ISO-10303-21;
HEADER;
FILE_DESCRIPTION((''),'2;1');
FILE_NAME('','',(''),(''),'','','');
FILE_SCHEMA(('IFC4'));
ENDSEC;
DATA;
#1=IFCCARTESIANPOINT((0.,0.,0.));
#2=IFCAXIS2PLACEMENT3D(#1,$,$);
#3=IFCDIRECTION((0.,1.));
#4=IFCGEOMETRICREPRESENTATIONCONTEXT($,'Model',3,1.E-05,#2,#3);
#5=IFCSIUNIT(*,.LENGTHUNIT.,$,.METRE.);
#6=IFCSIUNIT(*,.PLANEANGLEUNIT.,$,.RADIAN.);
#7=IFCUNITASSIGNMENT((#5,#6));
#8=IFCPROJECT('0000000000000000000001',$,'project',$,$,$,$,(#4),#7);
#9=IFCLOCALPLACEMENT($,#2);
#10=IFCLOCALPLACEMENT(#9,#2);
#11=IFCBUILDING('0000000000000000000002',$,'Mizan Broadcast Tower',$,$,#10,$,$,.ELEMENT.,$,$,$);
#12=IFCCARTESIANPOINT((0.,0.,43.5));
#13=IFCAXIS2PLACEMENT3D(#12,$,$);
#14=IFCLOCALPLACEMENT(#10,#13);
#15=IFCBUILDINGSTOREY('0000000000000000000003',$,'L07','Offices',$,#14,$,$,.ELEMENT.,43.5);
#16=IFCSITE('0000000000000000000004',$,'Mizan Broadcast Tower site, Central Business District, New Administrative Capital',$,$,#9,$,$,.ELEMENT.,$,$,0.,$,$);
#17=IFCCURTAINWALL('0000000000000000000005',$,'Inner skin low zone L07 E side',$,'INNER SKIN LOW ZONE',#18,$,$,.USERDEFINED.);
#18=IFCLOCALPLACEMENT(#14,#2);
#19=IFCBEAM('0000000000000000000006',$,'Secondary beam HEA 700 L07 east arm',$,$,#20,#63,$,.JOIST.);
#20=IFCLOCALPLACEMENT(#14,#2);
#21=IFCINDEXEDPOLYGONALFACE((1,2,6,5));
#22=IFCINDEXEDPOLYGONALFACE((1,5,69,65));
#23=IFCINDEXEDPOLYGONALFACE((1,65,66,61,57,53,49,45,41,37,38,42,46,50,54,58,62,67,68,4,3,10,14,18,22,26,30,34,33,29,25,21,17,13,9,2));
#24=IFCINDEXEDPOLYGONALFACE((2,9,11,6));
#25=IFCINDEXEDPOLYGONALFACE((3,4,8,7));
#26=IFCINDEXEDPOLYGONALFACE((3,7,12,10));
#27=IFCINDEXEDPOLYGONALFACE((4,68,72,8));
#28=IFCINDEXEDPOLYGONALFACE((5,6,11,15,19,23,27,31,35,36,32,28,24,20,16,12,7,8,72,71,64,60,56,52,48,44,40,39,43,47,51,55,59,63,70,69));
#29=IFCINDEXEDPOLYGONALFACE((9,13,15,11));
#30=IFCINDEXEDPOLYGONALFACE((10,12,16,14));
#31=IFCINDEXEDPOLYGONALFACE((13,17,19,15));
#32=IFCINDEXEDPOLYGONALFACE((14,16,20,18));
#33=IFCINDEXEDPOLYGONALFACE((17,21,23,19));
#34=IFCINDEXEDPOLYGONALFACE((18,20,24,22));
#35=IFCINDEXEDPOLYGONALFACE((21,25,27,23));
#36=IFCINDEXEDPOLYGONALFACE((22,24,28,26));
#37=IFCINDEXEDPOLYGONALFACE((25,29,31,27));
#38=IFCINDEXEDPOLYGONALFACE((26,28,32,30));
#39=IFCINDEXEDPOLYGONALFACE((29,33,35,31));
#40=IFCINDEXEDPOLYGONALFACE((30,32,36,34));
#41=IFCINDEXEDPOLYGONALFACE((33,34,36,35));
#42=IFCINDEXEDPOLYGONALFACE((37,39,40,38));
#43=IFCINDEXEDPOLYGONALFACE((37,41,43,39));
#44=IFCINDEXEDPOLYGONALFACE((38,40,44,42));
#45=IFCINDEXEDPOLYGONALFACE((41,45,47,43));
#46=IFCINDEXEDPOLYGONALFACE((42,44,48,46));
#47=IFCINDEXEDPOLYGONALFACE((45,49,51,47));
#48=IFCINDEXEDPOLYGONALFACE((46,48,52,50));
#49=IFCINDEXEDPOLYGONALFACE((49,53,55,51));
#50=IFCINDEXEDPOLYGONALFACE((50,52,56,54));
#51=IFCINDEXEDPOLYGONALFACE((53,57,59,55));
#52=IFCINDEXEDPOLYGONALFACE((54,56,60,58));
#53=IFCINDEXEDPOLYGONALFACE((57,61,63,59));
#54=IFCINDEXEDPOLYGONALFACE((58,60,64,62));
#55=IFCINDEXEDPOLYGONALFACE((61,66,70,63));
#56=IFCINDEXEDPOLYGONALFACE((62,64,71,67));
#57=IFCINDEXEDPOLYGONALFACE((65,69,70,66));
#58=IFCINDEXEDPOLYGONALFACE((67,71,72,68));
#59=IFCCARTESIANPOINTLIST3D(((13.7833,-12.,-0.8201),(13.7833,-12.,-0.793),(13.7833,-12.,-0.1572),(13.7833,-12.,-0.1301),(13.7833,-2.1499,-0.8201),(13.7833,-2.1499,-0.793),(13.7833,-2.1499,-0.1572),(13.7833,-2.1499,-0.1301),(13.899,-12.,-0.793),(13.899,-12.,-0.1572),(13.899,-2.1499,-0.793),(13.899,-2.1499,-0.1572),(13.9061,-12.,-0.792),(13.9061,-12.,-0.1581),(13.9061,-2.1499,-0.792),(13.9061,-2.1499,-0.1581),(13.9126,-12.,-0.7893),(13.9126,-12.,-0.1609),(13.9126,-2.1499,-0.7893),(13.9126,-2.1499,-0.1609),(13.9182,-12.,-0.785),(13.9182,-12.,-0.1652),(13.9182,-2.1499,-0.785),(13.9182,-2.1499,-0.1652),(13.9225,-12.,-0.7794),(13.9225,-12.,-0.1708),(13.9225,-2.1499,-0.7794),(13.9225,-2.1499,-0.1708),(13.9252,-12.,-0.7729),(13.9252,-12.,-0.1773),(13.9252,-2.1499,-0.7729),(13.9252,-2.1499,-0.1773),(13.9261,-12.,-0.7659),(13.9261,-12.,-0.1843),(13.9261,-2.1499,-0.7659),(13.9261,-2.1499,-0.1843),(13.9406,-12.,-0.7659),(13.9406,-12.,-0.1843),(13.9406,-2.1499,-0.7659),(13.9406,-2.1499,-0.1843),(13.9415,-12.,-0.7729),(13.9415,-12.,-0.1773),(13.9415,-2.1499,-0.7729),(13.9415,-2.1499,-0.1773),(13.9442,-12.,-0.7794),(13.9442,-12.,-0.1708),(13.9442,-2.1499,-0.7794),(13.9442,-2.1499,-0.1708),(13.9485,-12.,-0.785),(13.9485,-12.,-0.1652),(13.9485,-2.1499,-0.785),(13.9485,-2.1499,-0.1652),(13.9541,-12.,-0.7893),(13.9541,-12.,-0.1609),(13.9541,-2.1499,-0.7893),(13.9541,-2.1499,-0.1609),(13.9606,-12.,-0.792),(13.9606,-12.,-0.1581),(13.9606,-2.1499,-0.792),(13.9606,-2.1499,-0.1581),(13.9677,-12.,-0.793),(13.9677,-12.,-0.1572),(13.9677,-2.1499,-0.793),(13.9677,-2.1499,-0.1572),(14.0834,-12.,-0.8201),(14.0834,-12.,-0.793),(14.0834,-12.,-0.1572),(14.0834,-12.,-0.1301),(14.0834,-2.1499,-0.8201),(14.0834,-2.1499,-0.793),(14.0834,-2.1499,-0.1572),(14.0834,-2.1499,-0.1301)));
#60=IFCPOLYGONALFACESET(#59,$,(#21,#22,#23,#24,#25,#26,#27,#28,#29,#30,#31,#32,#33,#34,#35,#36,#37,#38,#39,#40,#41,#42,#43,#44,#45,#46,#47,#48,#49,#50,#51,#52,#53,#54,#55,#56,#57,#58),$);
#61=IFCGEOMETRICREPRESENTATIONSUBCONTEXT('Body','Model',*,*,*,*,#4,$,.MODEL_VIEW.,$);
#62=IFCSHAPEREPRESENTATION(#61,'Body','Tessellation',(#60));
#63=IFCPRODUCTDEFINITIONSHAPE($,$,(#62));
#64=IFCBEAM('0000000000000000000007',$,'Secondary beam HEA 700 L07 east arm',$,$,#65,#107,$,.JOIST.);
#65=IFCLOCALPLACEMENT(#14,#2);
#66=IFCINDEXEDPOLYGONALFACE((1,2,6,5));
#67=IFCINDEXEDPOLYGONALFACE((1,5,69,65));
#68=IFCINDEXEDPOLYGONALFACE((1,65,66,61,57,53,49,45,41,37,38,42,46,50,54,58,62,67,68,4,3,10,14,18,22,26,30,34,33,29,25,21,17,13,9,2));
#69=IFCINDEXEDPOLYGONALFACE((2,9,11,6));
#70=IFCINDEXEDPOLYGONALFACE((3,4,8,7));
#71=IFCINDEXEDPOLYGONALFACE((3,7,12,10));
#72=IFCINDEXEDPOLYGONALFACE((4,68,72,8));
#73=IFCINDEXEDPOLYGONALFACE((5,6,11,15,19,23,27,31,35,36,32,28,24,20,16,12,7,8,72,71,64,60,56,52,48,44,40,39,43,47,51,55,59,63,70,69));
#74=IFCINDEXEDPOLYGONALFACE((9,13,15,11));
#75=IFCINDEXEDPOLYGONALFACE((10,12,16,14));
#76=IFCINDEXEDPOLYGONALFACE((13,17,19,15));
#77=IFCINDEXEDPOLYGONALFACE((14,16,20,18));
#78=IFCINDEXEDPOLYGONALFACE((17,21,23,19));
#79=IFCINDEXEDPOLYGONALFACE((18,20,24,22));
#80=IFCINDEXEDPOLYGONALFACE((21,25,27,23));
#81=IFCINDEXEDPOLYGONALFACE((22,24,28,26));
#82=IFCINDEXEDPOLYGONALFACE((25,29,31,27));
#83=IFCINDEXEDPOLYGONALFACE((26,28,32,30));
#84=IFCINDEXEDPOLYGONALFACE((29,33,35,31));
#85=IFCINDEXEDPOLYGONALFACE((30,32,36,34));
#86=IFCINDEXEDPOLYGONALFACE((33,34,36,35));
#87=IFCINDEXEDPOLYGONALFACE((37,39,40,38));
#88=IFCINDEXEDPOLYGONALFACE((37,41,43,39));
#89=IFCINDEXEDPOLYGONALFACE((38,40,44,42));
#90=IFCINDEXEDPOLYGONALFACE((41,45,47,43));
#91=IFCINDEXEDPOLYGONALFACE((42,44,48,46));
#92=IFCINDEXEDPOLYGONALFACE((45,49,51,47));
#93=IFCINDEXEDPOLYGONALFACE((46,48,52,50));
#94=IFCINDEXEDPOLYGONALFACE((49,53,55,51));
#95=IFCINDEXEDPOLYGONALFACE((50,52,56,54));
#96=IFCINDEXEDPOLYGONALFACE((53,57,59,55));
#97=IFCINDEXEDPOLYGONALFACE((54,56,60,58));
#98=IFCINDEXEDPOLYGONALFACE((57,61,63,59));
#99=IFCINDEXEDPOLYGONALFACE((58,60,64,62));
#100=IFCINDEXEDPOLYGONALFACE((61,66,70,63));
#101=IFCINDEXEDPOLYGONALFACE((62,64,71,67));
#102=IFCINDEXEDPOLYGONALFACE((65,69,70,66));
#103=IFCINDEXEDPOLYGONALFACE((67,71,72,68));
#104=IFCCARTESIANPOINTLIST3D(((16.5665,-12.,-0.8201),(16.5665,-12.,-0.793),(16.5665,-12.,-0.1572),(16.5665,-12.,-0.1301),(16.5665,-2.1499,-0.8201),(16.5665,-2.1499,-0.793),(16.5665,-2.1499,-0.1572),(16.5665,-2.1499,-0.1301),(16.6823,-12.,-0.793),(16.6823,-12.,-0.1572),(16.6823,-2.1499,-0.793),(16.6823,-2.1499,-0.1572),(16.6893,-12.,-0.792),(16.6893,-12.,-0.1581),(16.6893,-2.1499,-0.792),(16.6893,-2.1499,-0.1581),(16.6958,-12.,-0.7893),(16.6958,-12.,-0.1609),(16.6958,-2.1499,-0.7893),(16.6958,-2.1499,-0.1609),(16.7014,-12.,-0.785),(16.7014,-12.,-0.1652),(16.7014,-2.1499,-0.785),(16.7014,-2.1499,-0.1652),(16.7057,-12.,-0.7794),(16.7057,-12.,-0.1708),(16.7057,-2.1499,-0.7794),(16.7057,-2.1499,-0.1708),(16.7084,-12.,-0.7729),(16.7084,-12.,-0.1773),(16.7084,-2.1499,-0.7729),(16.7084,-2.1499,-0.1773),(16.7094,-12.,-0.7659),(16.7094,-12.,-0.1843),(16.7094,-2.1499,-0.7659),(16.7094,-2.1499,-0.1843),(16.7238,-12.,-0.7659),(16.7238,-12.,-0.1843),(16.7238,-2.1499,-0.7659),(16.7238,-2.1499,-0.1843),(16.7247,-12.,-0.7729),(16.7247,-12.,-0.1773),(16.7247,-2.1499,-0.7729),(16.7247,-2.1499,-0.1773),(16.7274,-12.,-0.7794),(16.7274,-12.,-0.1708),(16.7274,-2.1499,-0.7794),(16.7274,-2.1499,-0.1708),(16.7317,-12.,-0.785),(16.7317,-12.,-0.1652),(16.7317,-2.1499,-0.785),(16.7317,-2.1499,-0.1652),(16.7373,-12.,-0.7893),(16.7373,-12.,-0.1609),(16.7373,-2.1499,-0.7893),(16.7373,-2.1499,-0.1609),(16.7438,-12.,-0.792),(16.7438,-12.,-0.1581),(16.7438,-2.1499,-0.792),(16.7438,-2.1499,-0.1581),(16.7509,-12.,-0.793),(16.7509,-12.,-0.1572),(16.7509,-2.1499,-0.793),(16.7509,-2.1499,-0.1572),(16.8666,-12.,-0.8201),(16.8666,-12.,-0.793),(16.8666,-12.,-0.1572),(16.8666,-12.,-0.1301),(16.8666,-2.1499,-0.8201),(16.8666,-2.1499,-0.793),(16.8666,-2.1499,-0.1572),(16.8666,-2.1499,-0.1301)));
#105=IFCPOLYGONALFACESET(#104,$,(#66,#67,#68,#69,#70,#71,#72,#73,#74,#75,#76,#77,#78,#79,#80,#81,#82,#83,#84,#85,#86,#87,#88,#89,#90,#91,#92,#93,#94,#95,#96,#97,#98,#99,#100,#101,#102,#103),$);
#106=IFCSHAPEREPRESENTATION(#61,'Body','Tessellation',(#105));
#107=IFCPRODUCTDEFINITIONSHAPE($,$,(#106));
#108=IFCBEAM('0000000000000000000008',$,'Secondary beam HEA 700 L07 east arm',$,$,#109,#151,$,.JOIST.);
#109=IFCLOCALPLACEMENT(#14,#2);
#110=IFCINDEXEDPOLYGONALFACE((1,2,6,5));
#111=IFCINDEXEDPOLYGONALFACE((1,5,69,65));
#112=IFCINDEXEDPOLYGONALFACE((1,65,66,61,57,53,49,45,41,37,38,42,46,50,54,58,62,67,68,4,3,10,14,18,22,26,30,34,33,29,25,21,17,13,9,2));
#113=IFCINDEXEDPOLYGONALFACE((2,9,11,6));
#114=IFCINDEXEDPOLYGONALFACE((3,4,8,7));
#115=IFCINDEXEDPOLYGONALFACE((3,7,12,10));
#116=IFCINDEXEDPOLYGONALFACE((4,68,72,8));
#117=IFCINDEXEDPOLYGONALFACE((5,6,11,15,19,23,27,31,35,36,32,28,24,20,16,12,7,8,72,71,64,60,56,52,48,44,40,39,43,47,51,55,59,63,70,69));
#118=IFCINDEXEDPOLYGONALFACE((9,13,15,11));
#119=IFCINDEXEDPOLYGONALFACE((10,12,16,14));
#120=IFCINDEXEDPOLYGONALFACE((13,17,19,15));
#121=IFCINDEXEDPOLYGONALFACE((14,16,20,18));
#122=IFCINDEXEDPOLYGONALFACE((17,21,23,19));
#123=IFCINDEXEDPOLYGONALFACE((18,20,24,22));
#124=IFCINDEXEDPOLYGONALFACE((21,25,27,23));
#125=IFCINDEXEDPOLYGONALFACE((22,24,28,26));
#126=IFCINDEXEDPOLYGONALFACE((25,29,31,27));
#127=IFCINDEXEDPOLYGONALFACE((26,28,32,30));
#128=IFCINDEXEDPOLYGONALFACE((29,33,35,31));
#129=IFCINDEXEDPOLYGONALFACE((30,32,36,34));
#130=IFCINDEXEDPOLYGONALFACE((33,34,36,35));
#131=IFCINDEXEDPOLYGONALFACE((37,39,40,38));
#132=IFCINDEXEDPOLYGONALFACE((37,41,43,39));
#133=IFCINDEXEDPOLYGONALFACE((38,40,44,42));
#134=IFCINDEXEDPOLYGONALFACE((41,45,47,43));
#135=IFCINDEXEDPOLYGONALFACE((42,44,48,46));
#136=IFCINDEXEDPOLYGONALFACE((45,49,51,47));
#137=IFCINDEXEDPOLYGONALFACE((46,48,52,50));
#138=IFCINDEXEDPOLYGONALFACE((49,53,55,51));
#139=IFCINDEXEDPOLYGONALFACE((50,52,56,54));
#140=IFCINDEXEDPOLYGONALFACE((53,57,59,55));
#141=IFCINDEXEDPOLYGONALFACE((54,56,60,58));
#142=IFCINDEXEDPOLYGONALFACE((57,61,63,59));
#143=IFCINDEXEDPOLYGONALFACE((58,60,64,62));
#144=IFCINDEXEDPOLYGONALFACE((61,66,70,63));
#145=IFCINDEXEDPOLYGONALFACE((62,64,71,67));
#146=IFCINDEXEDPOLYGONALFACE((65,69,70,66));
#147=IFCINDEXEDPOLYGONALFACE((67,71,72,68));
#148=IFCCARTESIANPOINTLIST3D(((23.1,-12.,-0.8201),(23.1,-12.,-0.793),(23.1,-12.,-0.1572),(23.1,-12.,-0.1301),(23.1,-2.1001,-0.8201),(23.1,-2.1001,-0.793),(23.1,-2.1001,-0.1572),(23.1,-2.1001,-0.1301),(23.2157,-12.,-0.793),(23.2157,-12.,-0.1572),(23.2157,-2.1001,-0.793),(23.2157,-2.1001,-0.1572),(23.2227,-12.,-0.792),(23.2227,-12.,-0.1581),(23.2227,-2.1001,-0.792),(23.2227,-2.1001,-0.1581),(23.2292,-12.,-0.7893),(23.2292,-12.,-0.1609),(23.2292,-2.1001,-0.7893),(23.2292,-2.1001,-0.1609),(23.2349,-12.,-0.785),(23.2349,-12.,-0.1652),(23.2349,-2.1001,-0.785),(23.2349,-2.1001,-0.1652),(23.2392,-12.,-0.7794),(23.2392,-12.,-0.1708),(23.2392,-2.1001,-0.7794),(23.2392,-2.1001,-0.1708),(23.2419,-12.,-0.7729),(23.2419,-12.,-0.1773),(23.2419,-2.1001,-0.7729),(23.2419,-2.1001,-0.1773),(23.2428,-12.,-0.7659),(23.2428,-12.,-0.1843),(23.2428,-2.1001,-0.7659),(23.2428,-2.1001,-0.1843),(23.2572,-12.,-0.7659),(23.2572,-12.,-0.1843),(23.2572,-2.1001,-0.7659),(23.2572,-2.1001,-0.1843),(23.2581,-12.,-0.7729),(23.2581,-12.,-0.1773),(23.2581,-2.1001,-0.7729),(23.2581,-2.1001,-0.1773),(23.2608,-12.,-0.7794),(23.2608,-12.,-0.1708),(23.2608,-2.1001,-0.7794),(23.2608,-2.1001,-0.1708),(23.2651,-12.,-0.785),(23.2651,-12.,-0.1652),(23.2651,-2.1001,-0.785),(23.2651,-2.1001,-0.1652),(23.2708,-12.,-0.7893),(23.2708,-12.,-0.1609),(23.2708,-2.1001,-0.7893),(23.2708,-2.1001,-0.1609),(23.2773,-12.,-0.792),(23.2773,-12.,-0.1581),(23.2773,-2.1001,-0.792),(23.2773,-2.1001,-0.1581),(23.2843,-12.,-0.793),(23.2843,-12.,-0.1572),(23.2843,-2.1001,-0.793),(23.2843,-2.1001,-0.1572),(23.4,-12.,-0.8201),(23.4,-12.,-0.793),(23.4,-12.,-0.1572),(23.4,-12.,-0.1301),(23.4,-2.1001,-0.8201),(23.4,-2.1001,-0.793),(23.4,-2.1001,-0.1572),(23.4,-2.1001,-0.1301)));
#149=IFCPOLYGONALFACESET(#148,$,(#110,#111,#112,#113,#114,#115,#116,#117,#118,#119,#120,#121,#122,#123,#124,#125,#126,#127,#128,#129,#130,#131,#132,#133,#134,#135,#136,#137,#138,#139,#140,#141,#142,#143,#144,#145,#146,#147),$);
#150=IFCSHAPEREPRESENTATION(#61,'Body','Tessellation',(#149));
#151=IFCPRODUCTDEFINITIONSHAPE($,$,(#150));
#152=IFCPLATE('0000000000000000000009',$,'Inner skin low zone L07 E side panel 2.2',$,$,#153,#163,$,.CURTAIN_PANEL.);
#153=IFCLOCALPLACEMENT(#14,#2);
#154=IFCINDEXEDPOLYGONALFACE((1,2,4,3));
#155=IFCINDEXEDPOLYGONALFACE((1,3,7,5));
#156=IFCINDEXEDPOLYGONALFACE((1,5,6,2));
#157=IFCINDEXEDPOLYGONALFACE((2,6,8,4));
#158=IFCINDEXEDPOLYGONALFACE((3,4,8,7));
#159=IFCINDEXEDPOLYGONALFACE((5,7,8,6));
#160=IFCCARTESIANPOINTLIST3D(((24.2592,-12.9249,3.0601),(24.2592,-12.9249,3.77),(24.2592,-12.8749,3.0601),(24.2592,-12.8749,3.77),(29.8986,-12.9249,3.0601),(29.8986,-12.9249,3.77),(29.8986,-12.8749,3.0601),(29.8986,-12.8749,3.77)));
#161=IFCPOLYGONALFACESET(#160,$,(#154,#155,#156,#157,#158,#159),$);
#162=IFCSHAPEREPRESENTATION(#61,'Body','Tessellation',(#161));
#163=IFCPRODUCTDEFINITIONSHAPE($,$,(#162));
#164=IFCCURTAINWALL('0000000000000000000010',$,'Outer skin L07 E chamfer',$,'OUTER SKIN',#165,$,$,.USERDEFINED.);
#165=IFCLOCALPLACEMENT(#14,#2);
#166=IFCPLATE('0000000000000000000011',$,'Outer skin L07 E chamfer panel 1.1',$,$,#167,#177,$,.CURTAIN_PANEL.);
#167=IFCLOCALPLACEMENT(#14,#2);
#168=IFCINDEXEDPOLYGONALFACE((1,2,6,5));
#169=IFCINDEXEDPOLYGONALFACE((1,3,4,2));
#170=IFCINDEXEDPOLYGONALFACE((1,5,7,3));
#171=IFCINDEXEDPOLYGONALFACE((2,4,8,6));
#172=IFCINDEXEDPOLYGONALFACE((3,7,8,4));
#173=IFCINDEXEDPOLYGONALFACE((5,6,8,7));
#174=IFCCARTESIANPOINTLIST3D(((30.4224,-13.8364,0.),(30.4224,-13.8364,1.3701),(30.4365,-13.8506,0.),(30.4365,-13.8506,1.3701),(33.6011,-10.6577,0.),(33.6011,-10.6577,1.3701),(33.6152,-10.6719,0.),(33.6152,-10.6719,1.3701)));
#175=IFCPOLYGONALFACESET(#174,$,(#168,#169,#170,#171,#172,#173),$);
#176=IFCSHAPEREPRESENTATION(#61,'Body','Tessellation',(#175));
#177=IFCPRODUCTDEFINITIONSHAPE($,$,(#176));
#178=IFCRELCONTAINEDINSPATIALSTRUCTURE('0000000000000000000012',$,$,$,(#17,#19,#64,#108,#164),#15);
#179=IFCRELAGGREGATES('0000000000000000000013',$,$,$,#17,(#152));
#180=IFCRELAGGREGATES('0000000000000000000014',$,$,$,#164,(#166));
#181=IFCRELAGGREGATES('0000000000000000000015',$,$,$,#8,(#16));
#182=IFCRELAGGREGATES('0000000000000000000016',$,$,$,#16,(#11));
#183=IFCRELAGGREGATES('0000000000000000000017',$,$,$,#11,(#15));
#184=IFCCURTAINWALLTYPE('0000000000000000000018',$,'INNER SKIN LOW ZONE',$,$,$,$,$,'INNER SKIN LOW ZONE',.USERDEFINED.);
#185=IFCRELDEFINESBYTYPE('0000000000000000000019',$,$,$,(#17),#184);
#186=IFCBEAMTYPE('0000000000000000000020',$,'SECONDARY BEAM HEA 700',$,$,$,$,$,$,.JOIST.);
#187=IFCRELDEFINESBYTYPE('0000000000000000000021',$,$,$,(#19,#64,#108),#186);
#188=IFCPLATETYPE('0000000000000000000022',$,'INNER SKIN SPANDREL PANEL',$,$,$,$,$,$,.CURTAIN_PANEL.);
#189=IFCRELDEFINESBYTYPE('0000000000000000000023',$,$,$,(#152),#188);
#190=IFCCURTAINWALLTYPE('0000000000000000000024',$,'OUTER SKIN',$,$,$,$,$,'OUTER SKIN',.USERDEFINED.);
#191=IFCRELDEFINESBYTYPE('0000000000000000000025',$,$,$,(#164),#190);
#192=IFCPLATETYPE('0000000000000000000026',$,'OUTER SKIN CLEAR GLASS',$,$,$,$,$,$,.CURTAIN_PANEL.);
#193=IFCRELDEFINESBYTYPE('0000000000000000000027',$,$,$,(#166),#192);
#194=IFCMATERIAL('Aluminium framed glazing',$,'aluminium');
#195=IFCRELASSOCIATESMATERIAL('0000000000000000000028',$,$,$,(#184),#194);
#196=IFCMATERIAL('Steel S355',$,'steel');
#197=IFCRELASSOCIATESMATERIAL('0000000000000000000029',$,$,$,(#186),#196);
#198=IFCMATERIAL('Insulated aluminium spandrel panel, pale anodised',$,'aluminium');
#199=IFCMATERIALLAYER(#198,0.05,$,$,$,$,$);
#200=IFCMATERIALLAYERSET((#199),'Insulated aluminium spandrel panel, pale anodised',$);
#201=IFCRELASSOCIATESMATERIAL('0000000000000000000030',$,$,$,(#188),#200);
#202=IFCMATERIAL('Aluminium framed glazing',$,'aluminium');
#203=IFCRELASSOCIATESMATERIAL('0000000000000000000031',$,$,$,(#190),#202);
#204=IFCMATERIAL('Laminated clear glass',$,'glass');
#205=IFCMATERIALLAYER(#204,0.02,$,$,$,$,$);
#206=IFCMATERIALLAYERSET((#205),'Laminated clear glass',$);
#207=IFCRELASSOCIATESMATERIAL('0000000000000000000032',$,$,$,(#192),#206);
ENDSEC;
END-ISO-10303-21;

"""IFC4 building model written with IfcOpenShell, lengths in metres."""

from ifc_helpers import new_model, si_unit, direction, frame, origin, origin_2d, place, context, subcontext, project, spatial, rectangle, i_section, extrude, material, layer, layer_set, material_profile, profile_set, type_object, element, aggregate, save


model = new_model("IFC4")

# Units and contexts
model_context = context("Model", 3, precision=1e-05, world=origin(), true_north=direction((0.0, 1.0)))
body_context = subcontext(model_context, "Body", "Model", "MODEL_VIEW")
ifc_project = project(units=[si_unit("LENGTHUNIT", "METRE"), si_unit("PLANEANGLEUNIT", "RADIAN")], contexts=[model_context])

# Site, building, storey
site_placement = place(None, origin())
site = spatial("IfcSite", under=ifc_project, at=site_placement, Name="Mizan Broadcast Tower site, Central Business District, New Administrative Capital", CompositionType="ELEMENT", RefElevation=0.0)
building_placement = place(site_placement, origin())
building = spatial("IfcBuilding", under=site, at=building_placement, Name="Mizan Broadcast Tower", CompositionType="ELEMENT")
storey_placement = place(building_placement, frame((0.0, 0.0, 43.5)))
storey = spatial("IfcBuildingStorey", under=building, at=storey_placement, Name="L07", Description="Offices", CompositionType="ELEMENT", Elevation=43.5)

# Curtain wall
ifc_material_1 = material(Name="Aluminium framed glazing", Category="aluminium")
curtain_wall_type_1 = type_object("IfcCurtainWallType", Name="INNER SKIN LOW ZONE", ElementType="INNER SKIN LOW ZONE", PredefinedType="USERDEFINED", material=ifc_material_1)
curtain_wall_1_placement = place(storey_placement, origin())
curtain_wall_1 = element("IfcCurtainWall", 1, at=curtain_wall_1_placement, inside=storey, type_object=curtain_wall_type_1, Name="Inner skin low zone L07 E side", ObjectType="INNER SKIN LOW ZONE", PredefinedType="USERDEFINED")

# Beams
ifc_material_2 = material(Name="Steel S355", Category="steel")
ifc_material_profile_1 = material_profile(ifc_material_2, i_section(OverallWidth=0.3, OverallDepth=0.6899, WebThickness=0.0144, FlangeThickness=0.0271, FilletRadius=0.0271, at=origin_2d()), Name="HEA 700")
ifc_profile_set_1 = profile_set([ifc_material_profile_1], Name="Steel S355")
beam_type_1 = type_object("IfcBeamType", Name="SECONDARY BEAM HEA 700", PredefinedType="JOIST", material=ifc_profile_set_1)
for number, where, z_axis, x_axis, name in (
    (2, (13.9333, -12.0, -0.4751), (0.0, 1.0, 0.0), (-1.0, 0.0, 0.0), "Secondary beam HEA 700 L07 east arm"),
    (3, (16.7166, -12.0, -0.4751), (0.0, 1.0, 0.0), (-1.0, 0.0, 0.0), "Secondary beam HEA 700 L07 east arm"),
):
    element("IfcBeam", number, at=place(storey_placement, frame(where, z_axis=z_axis, x_axis=x_axis)), inside=storey, type_object=beam_type_1, Name=name, PredefinedType="JOIST", context=body_context, shape_type="SweptSolid", body=[
        extrude(i_section(OverallWidth=0.3, OverallDepth=0.6899, WebThickness=0.0144, FlangeThickness=0.0271, FilletRadius=0.0271, at=origin_2d()), origin(), (0.0, 0.0, 1.0), 9.8501),
    ])
beam_1_placement = place(storey_placement, frame((23.25, -12.0, -0.4751), z_axis=(0.0, 1.0, 0.0), x_axis=(-1.0, 0.0, 0.0)))
element("IfcBeam", 4, at=beam_1_placement, inside=storey, type_object=beam_type_1, Name="Secondary beam HEA 700 L07 east arm", PredefinedType="JOIST", context=body_context, shape_type="SweptSolid", body=[
    extrude(i_section(OverallWidth=0.3, OverallDepth=0.6899, WebThickness=0.0144, FlangeThickness=0.0271, FilletRadius=0.0271, at=origin_2d()), origin(), (0.0, 0.0, 1.0), 9.8999),
])

# Plate
ifc_material_3 = material(Name="Insulated aluminium spandrel panel, pale anodised", Category="aluminium")
ifc_layer_1 = layer(ifc_material_3, 0.05)
ifc_layer_set_1 = layer_set([ifc_layer_1], Name="Insulated aluminium spandrel panel, pale anodised")
plate_type_1 = type_object("IfcPlateType", Name="INNER SKIN SPANDREL PANEL", PredefinedType="CURTAIN_PANEL", material=ifc_layer_set_1)
plate_1_placement = place(storey_placement, frame((27.0789, -12.8999, 3.0601), z_axis=(0.0, 0.0, 1.0), x_axis=(1.0, 0.0, 0.0)))
plate_1 = element("IfcPlate", 5, at=plate_1_placement, type_object=plate_type_1, Name="Inner skin low zone L07 E side panel 2.2", PredefinedType="CURTAIN_PANEL", context=body_context, shape_type="SweptSolid", body=[
    extrude(rectangle(XDim=5.6394, YDim=0.05, at=origin_2d()), origin(), (0.0, 0.0, 1.0), 0.71),
])
aggregate(curtain_wall_1, [plate_1])

# Curtain wall, plate
ifc_material_4 = material(Name="Aluminium framed glazing", Category="aluminium")
curtain_wall_type_2 = type_object("IfcCurtainWallType", Name="OUTER SKIN", ElementType="OUTER SKIN", PredefinedType="USERDEFINED", material=ifc_material_4)
curtain_wall_2_placement = place(storey_placement, origin())
curtain_wall_2 = element("IfcCurtainWall", 6, at=curtain_wall_2_placement, inside=storey, type_object=curtain_wall_type_2, Name="Outer skin L07 E chamfer", ObjectType="OUTER SKIN", PredefinedType="USERDEFINED")
ifc_material_5 = material(Name="Laminated clear glass", Category="glass")
ifc_layer_2 = layer(ifc_material_5, 0.02)
ifc_layer_set_2 = layer_set([ifc_layer_2], Name="Laminated clear glass")
plate_type_2 = type_object("IfcPlateType", Name="OUTER SKIN CLEAR GLASS", PredefinedType="CURTAIN_PANEL", material=ifc_layer_set_2)
plate_2_placement = place(storey_placement, frame((32.0188, -12.2542, 0.0), z_axis=(0.0, 0.0, 1.0), x_axis=(0.707107, 0.707107, 0.0)))
plate_2 = element("IfcPlate", 7, at=plate_2_placement, type_object=plate_type_2, Name="Outer skin L07 E chamfer panel 1.1", PredefinedType="CURTAIN_PANEL", context=body_context, shape_type="SweptSolid", body=[
    extrude(rectangle(XDim=4.4954, YDim=0.02, at=origin_2d()), origin(), (0.0, 0.0, 1.0), 1.3701),
])
aggregate(curtain_wall_2, [plate_2])

save(model, "model.ifc")
